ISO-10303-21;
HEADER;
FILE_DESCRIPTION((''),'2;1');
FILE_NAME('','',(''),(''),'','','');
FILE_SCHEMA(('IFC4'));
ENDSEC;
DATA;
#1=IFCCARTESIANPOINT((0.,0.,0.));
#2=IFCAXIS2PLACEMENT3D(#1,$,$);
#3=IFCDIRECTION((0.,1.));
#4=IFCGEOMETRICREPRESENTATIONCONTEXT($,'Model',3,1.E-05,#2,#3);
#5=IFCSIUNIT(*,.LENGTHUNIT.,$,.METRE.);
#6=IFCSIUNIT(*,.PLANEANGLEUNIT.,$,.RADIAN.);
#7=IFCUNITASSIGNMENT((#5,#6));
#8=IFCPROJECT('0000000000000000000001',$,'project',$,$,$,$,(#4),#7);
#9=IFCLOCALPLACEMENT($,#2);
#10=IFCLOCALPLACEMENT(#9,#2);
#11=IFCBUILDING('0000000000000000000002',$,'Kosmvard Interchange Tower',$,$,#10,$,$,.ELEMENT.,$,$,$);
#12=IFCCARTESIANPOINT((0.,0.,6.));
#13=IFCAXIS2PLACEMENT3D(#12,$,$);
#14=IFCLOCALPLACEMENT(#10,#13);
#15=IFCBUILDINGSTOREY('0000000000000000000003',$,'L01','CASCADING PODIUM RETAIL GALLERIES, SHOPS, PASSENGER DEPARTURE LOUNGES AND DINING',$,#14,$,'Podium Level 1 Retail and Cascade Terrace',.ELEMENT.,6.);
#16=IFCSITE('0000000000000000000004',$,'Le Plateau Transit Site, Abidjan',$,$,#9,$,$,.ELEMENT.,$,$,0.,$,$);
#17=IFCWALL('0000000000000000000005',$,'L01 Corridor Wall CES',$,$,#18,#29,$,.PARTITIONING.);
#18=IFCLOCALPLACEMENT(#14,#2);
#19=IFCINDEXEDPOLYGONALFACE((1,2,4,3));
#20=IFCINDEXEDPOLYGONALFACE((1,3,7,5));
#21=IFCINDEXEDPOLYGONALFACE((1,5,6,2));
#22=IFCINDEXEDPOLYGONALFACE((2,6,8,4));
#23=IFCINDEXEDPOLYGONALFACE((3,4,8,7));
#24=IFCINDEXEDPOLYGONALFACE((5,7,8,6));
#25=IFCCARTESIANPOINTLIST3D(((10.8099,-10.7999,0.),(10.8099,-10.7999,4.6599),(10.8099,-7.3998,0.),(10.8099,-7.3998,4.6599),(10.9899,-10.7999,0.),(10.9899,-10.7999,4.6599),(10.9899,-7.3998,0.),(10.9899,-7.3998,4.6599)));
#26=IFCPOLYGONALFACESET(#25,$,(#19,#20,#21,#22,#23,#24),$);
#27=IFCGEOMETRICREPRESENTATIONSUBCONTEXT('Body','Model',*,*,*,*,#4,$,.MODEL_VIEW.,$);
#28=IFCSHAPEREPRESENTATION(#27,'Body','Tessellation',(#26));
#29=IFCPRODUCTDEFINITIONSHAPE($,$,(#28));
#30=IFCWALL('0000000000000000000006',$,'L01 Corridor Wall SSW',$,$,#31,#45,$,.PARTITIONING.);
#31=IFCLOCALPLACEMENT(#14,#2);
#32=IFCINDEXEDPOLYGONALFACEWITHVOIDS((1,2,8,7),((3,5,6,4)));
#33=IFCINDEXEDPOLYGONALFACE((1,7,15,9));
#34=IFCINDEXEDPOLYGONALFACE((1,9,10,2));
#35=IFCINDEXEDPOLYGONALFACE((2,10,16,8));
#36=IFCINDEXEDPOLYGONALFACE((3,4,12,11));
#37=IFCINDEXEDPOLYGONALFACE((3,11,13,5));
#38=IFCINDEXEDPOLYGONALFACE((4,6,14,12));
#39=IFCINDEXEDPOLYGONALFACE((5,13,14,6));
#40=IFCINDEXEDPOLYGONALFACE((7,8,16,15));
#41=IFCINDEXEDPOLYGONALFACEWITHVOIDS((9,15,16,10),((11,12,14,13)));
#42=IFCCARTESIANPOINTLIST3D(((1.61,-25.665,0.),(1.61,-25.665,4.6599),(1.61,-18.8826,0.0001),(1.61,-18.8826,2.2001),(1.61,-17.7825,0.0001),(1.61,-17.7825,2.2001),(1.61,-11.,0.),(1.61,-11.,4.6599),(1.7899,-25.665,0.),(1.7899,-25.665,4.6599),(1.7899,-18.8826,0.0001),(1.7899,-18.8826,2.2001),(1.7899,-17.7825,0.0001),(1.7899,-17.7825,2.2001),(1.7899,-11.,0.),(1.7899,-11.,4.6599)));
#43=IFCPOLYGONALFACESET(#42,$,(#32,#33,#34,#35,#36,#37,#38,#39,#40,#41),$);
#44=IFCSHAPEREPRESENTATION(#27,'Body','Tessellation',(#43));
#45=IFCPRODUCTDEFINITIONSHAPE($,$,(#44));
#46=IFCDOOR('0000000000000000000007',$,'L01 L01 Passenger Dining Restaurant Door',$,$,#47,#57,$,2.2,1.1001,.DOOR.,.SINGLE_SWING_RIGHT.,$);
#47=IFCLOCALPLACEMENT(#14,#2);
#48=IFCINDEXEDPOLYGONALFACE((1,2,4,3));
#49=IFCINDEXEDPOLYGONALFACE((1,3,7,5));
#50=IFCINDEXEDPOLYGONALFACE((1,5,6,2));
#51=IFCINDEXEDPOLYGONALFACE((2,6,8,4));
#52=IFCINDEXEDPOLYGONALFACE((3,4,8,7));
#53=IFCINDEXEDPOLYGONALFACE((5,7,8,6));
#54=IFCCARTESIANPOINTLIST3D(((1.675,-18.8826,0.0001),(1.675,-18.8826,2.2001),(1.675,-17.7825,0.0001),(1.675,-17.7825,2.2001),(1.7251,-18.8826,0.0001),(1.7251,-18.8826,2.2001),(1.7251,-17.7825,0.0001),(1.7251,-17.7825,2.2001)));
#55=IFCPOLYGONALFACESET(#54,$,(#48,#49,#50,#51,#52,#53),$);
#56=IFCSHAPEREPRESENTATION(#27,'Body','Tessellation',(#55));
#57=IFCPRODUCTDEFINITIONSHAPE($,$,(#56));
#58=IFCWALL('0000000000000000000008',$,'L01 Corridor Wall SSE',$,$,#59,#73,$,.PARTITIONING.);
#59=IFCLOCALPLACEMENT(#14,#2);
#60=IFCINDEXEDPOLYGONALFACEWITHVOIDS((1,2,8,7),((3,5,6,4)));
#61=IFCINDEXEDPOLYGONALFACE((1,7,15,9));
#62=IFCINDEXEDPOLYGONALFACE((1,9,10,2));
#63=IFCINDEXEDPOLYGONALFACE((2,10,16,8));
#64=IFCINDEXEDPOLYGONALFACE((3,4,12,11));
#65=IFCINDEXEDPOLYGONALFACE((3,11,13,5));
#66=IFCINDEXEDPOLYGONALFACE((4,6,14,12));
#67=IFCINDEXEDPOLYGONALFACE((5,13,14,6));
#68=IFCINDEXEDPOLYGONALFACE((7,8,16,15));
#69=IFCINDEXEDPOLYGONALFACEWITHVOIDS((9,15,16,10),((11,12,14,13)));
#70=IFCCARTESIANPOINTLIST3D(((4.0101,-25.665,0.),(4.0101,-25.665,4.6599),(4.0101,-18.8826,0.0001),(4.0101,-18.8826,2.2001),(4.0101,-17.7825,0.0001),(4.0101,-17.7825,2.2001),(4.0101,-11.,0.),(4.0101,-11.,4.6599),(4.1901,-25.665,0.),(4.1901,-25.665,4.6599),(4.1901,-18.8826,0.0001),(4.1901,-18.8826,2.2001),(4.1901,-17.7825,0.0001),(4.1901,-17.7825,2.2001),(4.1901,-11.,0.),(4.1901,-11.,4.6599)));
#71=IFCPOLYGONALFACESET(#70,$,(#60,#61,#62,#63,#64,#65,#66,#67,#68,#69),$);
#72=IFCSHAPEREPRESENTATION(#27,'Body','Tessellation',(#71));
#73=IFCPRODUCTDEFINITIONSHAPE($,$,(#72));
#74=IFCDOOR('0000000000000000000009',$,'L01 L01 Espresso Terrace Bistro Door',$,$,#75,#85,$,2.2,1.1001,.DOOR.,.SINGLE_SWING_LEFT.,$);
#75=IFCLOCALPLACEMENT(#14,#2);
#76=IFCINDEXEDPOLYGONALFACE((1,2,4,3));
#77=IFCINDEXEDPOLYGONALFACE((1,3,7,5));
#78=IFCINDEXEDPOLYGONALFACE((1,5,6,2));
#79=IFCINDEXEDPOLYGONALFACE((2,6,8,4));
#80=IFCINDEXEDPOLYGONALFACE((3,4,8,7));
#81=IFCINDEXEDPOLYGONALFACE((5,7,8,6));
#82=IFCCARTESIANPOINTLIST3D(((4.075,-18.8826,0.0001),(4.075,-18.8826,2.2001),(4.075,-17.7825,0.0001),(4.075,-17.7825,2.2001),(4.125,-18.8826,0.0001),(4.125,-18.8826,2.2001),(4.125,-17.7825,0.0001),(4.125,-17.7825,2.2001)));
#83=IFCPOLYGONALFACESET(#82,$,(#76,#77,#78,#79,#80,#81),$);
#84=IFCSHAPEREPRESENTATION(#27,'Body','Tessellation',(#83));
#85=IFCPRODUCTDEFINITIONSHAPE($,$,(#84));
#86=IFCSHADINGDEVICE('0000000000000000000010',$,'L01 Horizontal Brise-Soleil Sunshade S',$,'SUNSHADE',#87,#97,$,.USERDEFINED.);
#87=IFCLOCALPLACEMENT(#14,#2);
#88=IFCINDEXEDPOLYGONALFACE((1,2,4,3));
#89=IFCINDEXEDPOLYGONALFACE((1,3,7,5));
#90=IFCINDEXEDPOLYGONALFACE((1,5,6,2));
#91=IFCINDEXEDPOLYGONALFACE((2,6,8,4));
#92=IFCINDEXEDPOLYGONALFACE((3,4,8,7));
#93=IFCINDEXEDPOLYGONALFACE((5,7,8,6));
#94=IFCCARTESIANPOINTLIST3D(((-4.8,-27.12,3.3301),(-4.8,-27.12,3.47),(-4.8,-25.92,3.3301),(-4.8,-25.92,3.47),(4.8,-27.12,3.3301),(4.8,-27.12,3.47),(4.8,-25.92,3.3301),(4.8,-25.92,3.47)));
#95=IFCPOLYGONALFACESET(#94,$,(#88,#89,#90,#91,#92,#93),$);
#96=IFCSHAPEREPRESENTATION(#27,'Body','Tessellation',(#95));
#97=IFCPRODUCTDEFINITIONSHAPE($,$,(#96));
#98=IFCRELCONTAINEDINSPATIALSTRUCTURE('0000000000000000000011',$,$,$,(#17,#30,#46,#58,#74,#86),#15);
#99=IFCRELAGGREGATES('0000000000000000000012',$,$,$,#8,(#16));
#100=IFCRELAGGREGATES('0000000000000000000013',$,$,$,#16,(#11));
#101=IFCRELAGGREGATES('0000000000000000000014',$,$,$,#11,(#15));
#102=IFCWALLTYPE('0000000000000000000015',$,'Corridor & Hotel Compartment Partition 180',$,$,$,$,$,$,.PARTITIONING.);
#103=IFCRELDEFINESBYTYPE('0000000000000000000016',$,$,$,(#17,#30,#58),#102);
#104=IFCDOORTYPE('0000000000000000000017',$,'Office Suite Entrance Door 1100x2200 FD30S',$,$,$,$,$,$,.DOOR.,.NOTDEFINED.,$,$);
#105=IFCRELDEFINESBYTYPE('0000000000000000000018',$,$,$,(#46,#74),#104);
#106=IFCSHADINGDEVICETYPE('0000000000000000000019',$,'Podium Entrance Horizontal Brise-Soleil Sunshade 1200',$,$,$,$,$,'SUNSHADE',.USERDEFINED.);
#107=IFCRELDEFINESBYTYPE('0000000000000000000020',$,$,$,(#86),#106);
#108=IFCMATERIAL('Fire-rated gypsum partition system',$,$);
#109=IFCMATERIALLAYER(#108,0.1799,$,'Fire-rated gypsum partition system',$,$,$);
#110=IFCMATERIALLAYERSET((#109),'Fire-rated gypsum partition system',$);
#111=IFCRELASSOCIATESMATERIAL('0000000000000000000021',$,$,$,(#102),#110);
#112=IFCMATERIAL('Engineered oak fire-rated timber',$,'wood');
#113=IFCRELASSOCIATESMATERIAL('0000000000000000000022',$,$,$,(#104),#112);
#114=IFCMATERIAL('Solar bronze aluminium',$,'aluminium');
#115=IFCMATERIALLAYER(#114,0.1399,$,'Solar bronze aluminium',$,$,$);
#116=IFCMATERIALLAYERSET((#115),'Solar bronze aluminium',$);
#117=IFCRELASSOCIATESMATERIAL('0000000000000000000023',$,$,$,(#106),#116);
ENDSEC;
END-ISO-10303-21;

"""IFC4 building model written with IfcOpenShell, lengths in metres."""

from ifc_helpers import new_model, si_unit, direction, frame, frame_2d, origin, origin_2d, place, context, subcontext, project, spatial, rectangle, extrude, source, transform, mapped, material, layer, layer_set, type_object, element, fill, save


model = new_model("IFC4")

# Units and contexts
model_context = context("Model", 3, precision=1e-05, world=origin(), true_north=direction((0.0, 1.0)))
body_context = subcontext(model_context, "Body", "Model", "MODEL_VIEW")
ifc_project = project(units=[si_unit("LENGTHUNIT", "METRE"), si_unit("PLANEANGLEUNIT", "RADIAN")], contexts=[model_context])

# Site, building, storey
site_placement = place(None, origin())
site = spatial("IfcSite", under=ifc_project, at=site_placement, Name="Le Plateau Transit Site, Abidjan", CompositionType="ELEMENT", RefElevation=0.0)
building_placement = place(site_placement, origin())
building = spatial("IfcBuilding", under=site, at=building_placement, Name="Kosmvard Interchange Tower", CompositionType="ELEMENT")
storey_placement = place(building_placement, frame((0.0, 0.0, 6.0)))
storey = spatial("IfcBuildingStorey", under=building, at=storey_placement, Name="L01", Description="CASCADING PODIUM RETAIL GALLERIES, SHOPS, PASSENGER DEPARTURE LOUNGES AND DINING", LongName="Podium Level 1 Retail and Cascade Terrace", CompositionType="ELEMENT", Elevation=6.0)

# Wall
ifc_material_1 = material(Name="Fire-rated gypsum partition system")
ifc_layer_1 = layer(ifc_material_1, 0.1799, Name="Fire-rated gypsum partition system")
ifc_layer_set_1 = layer_set([ifc_layer_1], Name="Fire-rated gypsum partition system")
wall_type = type_object("IfcWallType", Name="Corridor & Hotel Compartment Partition 180", PredefinedType="PARTITIONING", material=ifc_layer_set_1)
wall_1_placement = place(storey_placement, frame((10.8999, -10.8, 0.0), z_axis=(0.0, 0.0, 1.0), x_axis=(0.0, 1.0, 0.0)))
element("IfcWall", 1, at=wall_1_placement, inside=storey, type_object=wall_type, Name="L01 Corridor Wall CES", PredefinedType="PARTITIONING", context=body_context, shape_type="SweptSolid", body=[
    extrude(rectangle(XDim=3.4001, YDim=0.1799, at=frame_2d((1.7002, 0.0))), origin(), (0.0, 0.0, 1.0), 4.6599),
])

# Walls, openings, doors
wall_2_placement = place(storey_placement, frame((1.7, -25.665, 0.0), z_axis=(0.0, 0.0, 1.0), x_axis=(0.0, 1.0, 0.0)))
wall_2 = element("IfcWall", 2, at=wall_2_placement, inside=storey, type_object=wall_type, Name="L01 Corridor Wall SSW", PredefinedType="PARTITIONING", context=body_context, shape_type="SweptSolid", body=[
    extrude(rectangle(XDim=14.665, YDim=0.1799, at=frame_2d((7.3325, 0.0))), origin(), (0.0, 0.0, 1.0), 4.6599),
])
opening_1_placement = place(wall_2_placement, frame((6.7825, 0.0, 0.0)))
opening_1 = element("IfcOpeningElement", 3, at=opening_1_placement, cuts=wall_2, PredefinedType="OPENING", context=body_context, shape_type="SweptSolid", body=[
    extrude(rectangle(XDim=1.1001, YDim=2.2, at=frame_2d((0.55, 1.1001))), frame((0.0, 0.1001, 0.0), z_axis=(0.0, -1.0, 0.0), x_axis=(1.0, 0.0, 0.0)), (0.0, 0.0, 1.0), 0.2),
])
ifc_material_2 = material(Name="Engineered oak fire-rated timber", Category="wood")
door_type = type_object("IfcDoorType", Name="Office Suite Entrance Door 1100x2200 FD30S", OperationType="NOTDEFINED", PredefinedType="DOOR", material=ifc_material_2)
shared_shape_1 = source(origin(), body_context, "Body", "SweptSolid", [
    extrude(rectangle(XDim=1.1001, YDim=2.2, at=frame_2d((0.55, 1.1001))), frame((0.0, 0.0249, 0.0), z_axis=(0.0, -1.0, 0.0), x_axis=(1.0, 0.0, 0.0)), (0.0, 0.0, 1.0), 0.05),
])
door_1_placement = place(opening_1_placement, origin())
door_1 = element("IfcDoor", 4, at=door_1_placement, inside=storey, type_object=door_type, Name="L01 L01 Passenger Dining Restaurant Door", OperationType="SINGLE_SWING_RIGHT", OverallHeight=2.2, OverallWidth=1.1001, PredefinedType="DOOR", context=body_context, shape_type="MappedRepresentation", body=[
    mapped(shared_shape_1, transform((0.0, 0.0, 0.0), scale=1.0)),
])
fill(opening_1, door_1)
wall_3_placement = place(storey_placement, frame((4.1001, -25.665, 0.0), z_axis=(0.0, 0.0, 1.0), x_axis=(0.0, 1.0, 0.0)))
wall_3 = element("IfcWall", 5, at=wall_3_placement, inside=storey, type_object=wall_type, Name="L01 Corridor Wall SSE", PredefinedType="PARTITIONING", context=body_context, shape_type="SweptSolid", body=[
    extrude(rectangle(XDim=14.665, YDim=0.1799, at=frame_2d((7.3325, 0.0))), origin(), (0.0, 0.0, 1.0), 4.6599),
])
opening_2_placement = place(wall_3_placement, frame((6.7825, 0.0, 0.0)))
opening_2 = element("IfcOpeningElement", 6, at=opening_2_placement, cuts=wall_3, PredefinedType="OPENING", context=body_context, shape_type="SweptSolid", body=[
    extrude(rectangle(XDim=1.1001, YDim=2.2, at=frame_2d((0.55, 1.1001))), frame((0.0, 0.1001, 0.0), z_axis=(0.0, -1.0, 0.0), x_axis=(1.0, 0.0, 0.0)), (0.0, 0.0, 1.0), 0.2),
])
door_2_placement = place(opening_2_placement, frame((1.1001, 0.0, 0.0), z_axis=(0.0, 0.0, 1.0), x_axis=(-1.0, 0.0, 0.0)))
door_2 = element("IfcDoor", 7, at=door_2_placement, inside=storey, type_object=door_type, Name="L01 L01 Espresso Terrace Bistro Door", OperationType="SINGLE_SWING_LEFT", OverallHeight=2.2, OverallWidth=1.1001, PredefinedType="DOOR", context=body_context, shape_type="MappedRepresentation", body=[
    mapped(shared_shape_1, transform((0.0, 0.0, 0.0), scale=1.0)),
])
fill(opening_2, door_2)

# Shading device
ifc_material_3 = material(Name="Solar bronze aluminium", Category="aluminium")
ifc_layer_2 = layer(ifc_material_3, 0.1399, Name="Solar bronze aluminium")
ifc_layer_set_2 = layer_set([ifc_layer_2], Name="Solar bronze aluminium")
shading_device_type = type_object("IfcShadingDeviceType", Name="Podium Entrance Horizontal Brise-Soleil Sunshade 1200", ElementType="SUNSHADE", PredefinedType="USERDEFINED", material=ifc_layer_set_2)
shared_shape_2 = source(origin(), body_context, "Body", "SweptSolid", [
    extrude(rectangle(XDim=9.6001, YDim=1.2, at=origin_2d()), origin(), (0.0, 0.0, 1.0), 0.1399),
])
shading_device_placement = place(storey_placement, frame((0.0, -26.52, 3.3301), z_axis=(0.0, 0.0, 1.0), x_axis=(1.0, 0.0, 0.0)))
element("IfcShadingDevice", 8, at=shading_device_placement, inside=storey, type_object=shading_device_type, Name="L01 Horizontal Brise-Soleil Sunshade S", ObjectType="SUNSHADE", PredefinedType="USERDEFINED", context=body_context, shape_type="MappedRepresentation", body=[
    mapped(shared_shape_2, transform((0.0, 0.0, 0.0), scale=1.0)),
])

save(model, "model.ifc")
